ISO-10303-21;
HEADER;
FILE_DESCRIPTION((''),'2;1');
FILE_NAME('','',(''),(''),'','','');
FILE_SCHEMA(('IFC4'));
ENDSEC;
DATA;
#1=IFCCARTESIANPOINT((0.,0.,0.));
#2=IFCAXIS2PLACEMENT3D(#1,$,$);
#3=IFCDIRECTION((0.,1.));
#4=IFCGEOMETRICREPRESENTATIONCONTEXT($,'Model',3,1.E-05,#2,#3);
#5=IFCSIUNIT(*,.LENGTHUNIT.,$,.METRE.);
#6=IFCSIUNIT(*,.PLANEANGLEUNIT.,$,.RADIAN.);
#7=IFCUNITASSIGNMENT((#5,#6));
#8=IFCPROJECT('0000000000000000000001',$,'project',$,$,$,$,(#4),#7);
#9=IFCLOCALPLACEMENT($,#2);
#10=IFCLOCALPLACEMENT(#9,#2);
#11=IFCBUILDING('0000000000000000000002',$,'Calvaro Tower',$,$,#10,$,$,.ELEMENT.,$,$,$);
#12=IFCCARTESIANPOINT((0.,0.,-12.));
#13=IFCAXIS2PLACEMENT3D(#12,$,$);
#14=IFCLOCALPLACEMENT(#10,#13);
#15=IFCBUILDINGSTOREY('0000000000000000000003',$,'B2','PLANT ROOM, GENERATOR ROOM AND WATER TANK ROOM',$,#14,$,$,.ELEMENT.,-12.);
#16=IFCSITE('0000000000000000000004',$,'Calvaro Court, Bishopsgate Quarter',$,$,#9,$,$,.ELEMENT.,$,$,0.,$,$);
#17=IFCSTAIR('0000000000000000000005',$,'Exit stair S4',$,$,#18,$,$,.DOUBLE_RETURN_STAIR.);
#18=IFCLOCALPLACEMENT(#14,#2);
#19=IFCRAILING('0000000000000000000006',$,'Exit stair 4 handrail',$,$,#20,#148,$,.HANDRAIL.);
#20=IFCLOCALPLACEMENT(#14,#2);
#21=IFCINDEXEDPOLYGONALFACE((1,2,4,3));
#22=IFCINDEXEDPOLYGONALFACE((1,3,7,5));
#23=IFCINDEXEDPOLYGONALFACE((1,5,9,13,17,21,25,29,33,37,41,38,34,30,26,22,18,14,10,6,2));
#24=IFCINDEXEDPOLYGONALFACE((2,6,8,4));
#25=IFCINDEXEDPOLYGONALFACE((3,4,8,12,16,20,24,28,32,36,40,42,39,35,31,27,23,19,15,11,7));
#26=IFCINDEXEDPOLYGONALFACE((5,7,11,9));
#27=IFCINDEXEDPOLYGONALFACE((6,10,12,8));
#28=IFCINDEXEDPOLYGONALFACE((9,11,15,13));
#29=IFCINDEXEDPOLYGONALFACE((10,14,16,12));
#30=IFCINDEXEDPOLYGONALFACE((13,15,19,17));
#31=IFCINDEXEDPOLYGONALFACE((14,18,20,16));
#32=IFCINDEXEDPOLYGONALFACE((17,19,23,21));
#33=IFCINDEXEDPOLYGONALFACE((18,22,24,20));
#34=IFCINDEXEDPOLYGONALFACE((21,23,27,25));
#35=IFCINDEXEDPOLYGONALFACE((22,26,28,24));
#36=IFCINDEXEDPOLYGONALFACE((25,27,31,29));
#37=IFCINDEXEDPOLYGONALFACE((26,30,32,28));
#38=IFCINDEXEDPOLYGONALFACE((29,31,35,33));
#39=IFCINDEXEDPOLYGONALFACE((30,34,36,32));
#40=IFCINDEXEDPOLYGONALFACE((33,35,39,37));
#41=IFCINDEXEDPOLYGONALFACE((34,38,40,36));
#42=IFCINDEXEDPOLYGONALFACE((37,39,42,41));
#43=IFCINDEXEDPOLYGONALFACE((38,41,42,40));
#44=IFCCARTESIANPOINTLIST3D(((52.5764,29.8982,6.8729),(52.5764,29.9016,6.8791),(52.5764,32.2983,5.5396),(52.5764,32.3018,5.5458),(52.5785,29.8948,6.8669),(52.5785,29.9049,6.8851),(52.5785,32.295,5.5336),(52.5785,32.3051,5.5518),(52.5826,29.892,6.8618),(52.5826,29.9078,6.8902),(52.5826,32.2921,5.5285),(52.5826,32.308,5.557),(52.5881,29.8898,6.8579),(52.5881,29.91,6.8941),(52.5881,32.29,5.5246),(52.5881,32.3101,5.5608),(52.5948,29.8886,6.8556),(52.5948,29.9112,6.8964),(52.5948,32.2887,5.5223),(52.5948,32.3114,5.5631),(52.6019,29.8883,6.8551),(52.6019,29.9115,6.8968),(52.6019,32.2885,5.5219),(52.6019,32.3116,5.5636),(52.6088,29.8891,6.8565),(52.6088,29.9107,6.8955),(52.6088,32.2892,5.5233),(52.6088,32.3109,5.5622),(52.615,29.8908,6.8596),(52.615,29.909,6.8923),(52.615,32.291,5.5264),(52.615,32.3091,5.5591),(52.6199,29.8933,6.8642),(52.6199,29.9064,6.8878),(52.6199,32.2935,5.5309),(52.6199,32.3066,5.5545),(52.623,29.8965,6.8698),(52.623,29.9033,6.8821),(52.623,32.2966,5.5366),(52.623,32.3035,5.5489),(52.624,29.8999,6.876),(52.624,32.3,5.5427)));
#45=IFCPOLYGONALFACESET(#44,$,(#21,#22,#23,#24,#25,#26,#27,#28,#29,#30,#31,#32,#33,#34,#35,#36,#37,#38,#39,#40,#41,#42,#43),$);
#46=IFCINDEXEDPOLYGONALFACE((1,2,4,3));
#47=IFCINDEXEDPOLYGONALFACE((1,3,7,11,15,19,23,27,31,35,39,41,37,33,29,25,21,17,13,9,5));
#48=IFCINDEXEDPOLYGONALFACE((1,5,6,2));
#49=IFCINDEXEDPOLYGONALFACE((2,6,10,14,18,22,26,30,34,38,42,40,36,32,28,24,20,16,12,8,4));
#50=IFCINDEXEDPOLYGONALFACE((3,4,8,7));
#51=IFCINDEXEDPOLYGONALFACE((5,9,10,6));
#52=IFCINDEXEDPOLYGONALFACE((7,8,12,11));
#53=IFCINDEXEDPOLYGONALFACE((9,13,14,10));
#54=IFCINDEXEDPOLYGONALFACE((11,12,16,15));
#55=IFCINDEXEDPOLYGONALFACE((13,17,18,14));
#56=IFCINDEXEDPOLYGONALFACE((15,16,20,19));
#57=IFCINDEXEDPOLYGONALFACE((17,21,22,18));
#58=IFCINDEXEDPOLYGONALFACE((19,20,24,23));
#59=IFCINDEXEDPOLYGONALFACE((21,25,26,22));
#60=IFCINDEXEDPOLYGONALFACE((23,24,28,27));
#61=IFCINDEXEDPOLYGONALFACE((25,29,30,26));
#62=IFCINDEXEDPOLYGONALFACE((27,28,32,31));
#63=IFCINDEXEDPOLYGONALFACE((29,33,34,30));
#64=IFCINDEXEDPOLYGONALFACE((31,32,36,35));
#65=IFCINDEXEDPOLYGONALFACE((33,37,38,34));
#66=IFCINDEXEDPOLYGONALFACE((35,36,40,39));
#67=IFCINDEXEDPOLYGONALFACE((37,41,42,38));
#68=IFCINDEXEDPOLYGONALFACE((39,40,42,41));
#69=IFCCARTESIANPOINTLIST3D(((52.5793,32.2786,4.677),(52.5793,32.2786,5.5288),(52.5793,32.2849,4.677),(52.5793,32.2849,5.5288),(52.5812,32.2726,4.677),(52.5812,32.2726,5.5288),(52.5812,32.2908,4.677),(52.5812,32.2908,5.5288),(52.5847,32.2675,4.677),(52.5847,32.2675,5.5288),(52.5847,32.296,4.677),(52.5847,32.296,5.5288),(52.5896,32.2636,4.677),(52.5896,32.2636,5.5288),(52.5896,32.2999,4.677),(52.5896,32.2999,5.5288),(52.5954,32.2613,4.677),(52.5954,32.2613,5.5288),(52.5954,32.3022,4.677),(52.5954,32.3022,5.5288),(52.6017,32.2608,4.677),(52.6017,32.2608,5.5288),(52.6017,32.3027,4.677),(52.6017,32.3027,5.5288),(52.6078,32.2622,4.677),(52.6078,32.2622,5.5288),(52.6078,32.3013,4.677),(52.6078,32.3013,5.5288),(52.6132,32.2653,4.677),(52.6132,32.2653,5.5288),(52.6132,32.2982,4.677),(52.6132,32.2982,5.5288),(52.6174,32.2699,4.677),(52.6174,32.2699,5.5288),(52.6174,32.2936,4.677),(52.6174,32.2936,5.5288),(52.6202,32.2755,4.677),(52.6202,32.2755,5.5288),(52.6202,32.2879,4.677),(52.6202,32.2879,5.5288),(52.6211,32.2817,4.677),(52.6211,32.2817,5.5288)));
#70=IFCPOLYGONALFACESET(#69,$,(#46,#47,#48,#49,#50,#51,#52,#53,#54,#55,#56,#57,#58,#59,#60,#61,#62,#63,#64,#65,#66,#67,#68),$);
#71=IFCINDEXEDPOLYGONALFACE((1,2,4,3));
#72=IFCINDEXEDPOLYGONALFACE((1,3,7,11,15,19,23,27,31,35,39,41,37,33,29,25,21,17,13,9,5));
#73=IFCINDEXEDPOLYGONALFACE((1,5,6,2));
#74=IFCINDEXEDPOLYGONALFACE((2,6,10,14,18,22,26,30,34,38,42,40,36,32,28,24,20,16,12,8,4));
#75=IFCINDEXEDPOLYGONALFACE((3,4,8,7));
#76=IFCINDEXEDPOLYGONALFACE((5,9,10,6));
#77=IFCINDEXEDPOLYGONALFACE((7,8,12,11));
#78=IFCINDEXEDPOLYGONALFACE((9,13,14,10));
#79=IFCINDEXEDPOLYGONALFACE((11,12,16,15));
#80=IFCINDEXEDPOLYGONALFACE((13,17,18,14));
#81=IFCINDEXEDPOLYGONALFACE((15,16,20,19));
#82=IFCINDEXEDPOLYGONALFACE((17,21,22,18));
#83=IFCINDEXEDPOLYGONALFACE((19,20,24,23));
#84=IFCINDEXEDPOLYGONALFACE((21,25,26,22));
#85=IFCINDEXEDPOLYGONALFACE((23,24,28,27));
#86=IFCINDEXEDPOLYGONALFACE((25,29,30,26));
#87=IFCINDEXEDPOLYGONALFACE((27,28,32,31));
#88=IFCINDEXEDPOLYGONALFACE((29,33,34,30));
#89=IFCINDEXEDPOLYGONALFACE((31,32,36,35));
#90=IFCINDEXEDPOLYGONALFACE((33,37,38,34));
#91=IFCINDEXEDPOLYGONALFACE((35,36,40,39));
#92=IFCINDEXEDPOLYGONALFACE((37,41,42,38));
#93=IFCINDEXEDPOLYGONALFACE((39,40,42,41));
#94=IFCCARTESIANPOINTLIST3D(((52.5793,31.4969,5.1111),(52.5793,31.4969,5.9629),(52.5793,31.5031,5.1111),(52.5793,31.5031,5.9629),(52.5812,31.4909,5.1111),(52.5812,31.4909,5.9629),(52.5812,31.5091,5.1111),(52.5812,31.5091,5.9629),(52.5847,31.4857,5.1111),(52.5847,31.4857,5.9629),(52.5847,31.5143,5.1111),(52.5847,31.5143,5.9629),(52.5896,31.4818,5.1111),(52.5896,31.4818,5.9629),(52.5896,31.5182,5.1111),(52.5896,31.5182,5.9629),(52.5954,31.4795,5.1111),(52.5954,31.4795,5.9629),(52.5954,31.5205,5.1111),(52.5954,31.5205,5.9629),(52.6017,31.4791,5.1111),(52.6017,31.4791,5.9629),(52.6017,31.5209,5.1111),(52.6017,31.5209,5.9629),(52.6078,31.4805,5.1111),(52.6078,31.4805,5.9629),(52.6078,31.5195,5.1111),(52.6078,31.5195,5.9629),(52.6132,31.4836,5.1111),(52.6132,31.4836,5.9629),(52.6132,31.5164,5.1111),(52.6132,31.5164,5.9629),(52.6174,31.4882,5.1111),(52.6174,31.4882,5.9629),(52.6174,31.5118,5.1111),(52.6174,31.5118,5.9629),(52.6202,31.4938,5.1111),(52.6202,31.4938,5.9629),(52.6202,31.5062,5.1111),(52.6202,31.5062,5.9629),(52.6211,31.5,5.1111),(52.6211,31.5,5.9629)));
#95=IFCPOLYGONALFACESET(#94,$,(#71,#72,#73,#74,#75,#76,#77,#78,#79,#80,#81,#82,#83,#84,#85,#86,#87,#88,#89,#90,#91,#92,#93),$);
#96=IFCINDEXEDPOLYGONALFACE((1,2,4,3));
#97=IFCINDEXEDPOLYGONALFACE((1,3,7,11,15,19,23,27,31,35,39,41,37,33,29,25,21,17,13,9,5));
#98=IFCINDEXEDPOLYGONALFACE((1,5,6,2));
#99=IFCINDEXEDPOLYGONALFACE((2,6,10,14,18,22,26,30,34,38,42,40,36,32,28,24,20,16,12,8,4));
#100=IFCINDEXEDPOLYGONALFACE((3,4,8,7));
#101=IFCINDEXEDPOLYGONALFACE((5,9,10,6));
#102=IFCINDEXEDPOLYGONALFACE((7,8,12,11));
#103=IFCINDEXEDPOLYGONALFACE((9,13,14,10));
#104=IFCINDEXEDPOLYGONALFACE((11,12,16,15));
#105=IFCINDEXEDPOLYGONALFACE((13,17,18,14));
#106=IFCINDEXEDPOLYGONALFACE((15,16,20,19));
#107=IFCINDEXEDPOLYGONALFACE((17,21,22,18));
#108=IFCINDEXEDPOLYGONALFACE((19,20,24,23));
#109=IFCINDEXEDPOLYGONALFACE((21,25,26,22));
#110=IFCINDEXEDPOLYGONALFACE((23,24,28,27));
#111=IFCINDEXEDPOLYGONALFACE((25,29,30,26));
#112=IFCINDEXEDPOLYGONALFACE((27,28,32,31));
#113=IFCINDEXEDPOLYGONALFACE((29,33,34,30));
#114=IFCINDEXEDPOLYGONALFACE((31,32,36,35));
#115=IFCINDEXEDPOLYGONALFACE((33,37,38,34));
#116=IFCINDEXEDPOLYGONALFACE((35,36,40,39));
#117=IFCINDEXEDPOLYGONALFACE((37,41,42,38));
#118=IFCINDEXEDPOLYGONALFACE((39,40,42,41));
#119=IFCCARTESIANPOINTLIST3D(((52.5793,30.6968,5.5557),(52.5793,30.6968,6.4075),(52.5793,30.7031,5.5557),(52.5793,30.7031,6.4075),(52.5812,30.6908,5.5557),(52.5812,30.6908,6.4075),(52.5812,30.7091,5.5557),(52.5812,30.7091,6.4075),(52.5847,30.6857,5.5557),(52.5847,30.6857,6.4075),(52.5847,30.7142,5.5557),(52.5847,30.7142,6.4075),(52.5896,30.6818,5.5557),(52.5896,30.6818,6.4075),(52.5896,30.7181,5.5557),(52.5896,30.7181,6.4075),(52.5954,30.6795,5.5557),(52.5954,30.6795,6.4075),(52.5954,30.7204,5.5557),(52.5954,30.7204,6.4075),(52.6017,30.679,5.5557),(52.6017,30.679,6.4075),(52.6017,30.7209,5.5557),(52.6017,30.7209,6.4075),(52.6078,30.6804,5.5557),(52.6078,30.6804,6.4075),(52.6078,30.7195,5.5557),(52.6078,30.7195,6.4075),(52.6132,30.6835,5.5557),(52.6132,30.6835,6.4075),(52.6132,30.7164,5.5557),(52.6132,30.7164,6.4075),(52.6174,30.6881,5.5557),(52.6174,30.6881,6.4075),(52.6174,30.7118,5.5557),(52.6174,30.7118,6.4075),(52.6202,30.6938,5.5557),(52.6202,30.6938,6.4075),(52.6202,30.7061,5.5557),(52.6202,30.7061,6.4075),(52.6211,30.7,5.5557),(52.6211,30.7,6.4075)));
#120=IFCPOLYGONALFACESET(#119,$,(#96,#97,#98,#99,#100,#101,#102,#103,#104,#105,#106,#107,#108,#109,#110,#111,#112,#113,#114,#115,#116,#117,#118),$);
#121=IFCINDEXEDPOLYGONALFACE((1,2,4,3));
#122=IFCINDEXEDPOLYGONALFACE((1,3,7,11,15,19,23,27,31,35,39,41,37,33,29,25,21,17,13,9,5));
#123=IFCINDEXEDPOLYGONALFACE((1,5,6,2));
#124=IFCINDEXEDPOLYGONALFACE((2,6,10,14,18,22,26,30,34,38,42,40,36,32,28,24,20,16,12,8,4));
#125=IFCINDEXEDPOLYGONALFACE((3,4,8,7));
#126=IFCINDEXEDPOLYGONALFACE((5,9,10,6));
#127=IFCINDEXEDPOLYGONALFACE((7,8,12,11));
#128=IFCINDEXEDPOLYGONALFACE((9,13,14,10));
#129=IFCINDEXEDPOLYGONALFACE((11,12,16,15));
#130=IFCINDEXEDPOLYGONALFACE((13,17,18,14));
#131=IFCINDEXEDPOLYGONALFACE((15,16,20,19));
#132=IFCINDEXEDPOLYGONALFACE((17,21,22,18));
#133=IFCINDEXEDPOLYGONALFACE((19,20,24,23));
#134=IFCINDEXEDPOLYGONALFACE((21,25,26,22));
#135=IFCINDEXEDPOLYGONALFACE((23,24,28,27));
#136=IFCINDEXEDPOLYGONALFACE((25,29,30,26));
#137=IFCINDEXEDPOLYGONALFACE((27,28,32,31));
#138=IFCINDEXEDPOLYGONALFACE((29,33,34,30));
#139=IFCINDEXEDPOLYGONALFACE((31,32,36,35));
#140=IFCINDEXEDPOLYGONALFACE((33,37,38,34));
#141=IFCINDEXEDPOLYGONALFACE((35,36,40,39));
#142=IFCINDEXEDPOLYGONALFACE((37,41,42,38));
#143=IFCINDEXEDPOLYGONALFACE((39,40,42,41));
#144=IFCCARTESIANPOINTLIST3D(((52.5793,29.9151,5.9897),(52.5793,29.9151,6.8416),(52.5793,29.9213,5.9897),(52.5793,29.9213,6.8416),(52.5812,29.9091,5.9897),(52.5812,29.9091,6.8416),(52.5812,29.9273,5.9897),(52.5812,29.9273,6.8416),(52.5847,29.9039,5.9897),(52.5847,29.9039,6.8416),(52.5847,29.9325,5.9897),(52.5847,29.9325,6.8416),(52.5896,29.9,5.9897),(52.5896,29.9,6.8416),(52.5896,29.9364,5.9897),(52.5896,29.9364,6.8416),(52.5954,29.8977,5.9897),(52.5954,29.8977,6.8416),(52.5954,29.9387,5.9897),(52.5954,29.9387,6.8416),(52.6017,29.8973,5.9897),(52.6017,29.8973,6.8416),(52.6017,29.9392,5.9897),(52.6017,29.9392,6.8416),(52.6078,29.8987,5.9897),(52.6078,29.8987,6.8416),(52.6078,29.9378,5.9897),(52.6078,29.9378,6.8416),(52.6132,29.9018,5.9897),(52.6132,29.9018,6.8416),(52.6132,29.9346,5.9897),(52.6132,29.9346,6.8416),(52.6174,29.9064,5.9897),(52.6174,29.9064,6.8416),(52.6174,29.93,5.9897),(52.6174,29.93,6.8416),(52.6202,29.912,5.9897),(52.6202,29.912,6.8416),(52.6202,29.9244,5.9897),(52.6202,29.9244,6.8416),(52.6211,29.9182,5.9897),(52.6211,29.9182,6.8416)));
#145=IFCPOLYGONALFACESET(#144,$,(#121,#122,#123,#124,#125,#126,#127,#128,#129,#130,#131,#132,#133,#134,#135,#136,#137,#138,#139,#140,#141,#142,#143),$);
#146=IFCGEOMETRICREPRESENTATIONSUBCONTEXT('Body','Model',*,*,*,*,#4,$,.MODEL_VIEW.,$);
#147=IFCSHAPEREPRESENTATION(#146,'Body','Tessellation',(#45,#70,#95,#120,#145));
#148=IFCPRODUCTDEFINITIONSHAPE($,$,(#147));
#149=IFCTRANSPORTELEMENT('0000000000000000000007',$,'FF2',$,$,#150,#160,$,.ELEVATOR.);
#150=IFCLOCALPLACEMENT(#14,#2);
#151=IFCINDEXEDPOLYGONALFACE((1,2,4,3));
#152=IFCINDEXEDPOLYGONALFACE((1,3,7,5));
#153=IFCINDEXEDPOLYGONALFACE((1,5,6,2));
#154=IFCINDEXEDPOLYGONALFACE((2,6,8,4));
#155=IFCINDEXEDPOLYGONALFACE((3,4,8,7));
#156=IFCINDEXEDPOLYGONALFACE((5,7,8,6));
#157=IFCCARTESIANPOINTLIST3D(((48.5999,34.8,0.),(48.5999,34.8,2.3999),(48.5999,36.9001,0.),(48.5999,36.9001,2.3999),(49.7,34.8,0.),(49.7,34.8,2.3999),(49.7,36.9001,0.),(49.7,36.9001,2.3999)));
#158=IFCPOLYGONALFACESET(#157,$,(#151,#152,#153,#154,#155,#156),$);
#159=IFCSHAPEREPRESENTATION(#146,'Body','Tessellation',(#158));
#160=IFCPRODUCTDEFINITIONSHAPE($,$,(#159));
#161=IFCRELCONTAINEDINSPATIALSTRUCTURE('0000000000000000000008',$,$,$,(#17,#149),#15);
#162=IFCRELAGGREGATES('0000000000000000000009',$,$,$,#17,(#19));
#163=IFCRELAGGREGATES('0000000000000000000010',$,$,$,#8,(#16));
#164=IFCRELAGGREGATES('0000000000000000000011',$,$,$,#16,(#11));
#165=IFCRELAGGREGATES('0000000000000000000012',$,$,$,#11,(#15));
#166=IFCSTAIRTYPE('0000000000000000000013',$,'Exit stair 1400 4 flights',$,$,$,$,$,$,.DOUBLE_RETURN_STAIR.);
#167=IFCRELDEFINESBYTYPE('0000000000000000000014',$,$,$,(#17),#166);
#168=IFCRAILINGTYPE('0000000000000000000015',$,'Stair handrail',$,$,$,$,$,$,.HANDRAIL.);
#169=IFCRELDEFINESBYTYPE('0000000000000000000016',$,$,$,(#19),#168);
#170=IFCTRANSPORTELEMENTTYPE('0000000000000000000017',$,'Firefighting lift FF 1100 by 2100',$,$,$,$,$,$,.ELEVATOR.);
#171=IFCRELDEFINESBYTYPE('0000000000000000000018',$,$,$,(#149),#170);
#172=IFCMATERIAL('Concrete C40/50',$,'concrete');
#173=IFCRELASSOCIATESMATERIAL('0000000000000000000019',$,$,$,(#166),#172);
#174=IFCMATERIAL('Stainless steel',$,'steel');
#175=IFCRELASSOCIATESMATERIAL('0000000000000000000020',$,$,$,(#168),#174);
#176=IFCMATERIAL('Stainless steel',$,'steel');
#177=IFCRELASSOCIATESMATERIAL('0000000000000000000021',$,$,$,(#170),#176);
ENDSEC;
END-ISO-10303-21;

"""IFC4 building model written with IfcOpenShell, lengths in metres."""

from ifc_helpers import new_model, si_unit, direction, frame, origin, origin_2d, place, context, subcontext, project, spatial, rectangle, circle, extrude, material, type_object, element, aggregate, save


model = new_model("IFC4")

# Units and contexts
model_context = context("Model", 3, precision=1e-05, world=origin(), true_north=direction((0.0, 1.0)))
body_context = subcontext(model_context, "Body", "Model", "MODEL_VIEW")
ifc_project = project(units=[si_unit("LENGTHUNIT", "METRE"), si_unit("PLANEANGLEUNIT", "RADIAN")], contexts=[model_context])

# Site, building, storey
site_placement = place(None, origin())
site = spatial("IfcSite", under=ifc_project, at=site_placement, Name="Calvaro Court, Bishopsgate Quarter", CompositionType="ELEMENT", RefElevation=0.0)
building_placement = place(site_placement, origin())
building = spatial("IfcBuilding", under=site, at=building_placement, Name="Calvaro Tower", CompositionType="ELEMENT")
storey_placement = place(building_placement, frame((0.0, 0.0, -12.0)))
storey = spatial("IfcBuildingStorey", under=building, at=storey_placement, Name="B2", Description="PLANT ROOM, GENERATOR ROOM AND WATER TANK ROOM", CompositionType="ELEMENT", Elevation=-12.0)

# Stair, railing
ifc_material_1 = material(Name="Concrete C40/50", Category="concrete")
stair_type = type_object("IfcStairType", Name="Exit stair 1400 4 flights", PredefinedType="DOUBLE_RETURN_STAIR", material=ifc_material_1)
stair_placement = place(storey_placement, origin())
stair = element("IfcStair", 1, at=stair_placement, inside=storey, type_object=stair_type, Name="Exit stair S4", PredefinedType="DOUBLE_RETURN_STAIR")
ifc_material_2 = material(Name="Stainless steel", Category="steel")
railing_type = type_object("IfcRailingType", Name="Stair handrail", PredefinedType="HANDRAIL", material=ifc_material_2)
railing_1_placement = place(storey_placement, frame((52.6001, 32.3, 4.6667)))
railing_1 = element("IfcRailing", 2, at=railing_1_placement, type_object=railing_type, Name="Exit stair 4 handrail", PredefinedType="HANDRAIL", context=body_context, shape_type="SweptSolid", body=[
    extrude(circle(Radius=0.0239, at=origin_2d()), frame((0.0, 0.0, 0.876), z_axis=(0.0, -0.874182, 0.485598), x_axis=(1.0, 0.0, 0.0)), (0.0, 0.0, 1.0), 2.7456),
    extrude(circle(Radius=0.021, at=origin_2d()), frame((0.0, -0.0183, 0.0103)), (0.0, 0.0, 1.0), 0.8518),
    extrude(circle(Radius=0.021, at=origin_2d()), frame((0.0, -0.8, 0.4443)), (0.0, 0.0, 1.0), 0.8518),
    extrude(circle(Radius=0.021, at=origin_2d()), frame((0.0, -1.6001, 0.8889)), (0.0, 0.0, 1.0), 0.8518),
    extrude(circle(Radius=0.021, at=origin_2d()), frame((0.0, -2.3818, 1.323)), (0.0, 0.0, 1.0), 0.8518),
])
aggregate(stair, [railing_1])

# Transport element
ifc_material_3 = material(Name="Stainless steel", Category="steel")
transport_element_type = type_object("IfcTransportElementType", Name="Firefighting lift FF 1100 by 2100", PredefinedType="ELEVATOR", material=ifc_material_3)
transport_element_placement = place(storey_placement, frame((49.1499, 35.8501, 0.0), z_axis=(0.0, 0.0, 1.0), x_axis=(1.0, 0.0, 0.0)))
element("IfcTransportElement", 3, at=transport_element_placement, inside=storey, type_object=transport_element_type, Name="FF2", PredefinedType="ELEVATOR", context=body_context, shape_type="SweptSolid", body=[
    extrude(rectangle(XDim=1.1001, YDim=2.1001, at=origin_2d()), origin(), (0.0, 0.0, 1.0), 2.3999),
])

save(model, "model.ifc")
